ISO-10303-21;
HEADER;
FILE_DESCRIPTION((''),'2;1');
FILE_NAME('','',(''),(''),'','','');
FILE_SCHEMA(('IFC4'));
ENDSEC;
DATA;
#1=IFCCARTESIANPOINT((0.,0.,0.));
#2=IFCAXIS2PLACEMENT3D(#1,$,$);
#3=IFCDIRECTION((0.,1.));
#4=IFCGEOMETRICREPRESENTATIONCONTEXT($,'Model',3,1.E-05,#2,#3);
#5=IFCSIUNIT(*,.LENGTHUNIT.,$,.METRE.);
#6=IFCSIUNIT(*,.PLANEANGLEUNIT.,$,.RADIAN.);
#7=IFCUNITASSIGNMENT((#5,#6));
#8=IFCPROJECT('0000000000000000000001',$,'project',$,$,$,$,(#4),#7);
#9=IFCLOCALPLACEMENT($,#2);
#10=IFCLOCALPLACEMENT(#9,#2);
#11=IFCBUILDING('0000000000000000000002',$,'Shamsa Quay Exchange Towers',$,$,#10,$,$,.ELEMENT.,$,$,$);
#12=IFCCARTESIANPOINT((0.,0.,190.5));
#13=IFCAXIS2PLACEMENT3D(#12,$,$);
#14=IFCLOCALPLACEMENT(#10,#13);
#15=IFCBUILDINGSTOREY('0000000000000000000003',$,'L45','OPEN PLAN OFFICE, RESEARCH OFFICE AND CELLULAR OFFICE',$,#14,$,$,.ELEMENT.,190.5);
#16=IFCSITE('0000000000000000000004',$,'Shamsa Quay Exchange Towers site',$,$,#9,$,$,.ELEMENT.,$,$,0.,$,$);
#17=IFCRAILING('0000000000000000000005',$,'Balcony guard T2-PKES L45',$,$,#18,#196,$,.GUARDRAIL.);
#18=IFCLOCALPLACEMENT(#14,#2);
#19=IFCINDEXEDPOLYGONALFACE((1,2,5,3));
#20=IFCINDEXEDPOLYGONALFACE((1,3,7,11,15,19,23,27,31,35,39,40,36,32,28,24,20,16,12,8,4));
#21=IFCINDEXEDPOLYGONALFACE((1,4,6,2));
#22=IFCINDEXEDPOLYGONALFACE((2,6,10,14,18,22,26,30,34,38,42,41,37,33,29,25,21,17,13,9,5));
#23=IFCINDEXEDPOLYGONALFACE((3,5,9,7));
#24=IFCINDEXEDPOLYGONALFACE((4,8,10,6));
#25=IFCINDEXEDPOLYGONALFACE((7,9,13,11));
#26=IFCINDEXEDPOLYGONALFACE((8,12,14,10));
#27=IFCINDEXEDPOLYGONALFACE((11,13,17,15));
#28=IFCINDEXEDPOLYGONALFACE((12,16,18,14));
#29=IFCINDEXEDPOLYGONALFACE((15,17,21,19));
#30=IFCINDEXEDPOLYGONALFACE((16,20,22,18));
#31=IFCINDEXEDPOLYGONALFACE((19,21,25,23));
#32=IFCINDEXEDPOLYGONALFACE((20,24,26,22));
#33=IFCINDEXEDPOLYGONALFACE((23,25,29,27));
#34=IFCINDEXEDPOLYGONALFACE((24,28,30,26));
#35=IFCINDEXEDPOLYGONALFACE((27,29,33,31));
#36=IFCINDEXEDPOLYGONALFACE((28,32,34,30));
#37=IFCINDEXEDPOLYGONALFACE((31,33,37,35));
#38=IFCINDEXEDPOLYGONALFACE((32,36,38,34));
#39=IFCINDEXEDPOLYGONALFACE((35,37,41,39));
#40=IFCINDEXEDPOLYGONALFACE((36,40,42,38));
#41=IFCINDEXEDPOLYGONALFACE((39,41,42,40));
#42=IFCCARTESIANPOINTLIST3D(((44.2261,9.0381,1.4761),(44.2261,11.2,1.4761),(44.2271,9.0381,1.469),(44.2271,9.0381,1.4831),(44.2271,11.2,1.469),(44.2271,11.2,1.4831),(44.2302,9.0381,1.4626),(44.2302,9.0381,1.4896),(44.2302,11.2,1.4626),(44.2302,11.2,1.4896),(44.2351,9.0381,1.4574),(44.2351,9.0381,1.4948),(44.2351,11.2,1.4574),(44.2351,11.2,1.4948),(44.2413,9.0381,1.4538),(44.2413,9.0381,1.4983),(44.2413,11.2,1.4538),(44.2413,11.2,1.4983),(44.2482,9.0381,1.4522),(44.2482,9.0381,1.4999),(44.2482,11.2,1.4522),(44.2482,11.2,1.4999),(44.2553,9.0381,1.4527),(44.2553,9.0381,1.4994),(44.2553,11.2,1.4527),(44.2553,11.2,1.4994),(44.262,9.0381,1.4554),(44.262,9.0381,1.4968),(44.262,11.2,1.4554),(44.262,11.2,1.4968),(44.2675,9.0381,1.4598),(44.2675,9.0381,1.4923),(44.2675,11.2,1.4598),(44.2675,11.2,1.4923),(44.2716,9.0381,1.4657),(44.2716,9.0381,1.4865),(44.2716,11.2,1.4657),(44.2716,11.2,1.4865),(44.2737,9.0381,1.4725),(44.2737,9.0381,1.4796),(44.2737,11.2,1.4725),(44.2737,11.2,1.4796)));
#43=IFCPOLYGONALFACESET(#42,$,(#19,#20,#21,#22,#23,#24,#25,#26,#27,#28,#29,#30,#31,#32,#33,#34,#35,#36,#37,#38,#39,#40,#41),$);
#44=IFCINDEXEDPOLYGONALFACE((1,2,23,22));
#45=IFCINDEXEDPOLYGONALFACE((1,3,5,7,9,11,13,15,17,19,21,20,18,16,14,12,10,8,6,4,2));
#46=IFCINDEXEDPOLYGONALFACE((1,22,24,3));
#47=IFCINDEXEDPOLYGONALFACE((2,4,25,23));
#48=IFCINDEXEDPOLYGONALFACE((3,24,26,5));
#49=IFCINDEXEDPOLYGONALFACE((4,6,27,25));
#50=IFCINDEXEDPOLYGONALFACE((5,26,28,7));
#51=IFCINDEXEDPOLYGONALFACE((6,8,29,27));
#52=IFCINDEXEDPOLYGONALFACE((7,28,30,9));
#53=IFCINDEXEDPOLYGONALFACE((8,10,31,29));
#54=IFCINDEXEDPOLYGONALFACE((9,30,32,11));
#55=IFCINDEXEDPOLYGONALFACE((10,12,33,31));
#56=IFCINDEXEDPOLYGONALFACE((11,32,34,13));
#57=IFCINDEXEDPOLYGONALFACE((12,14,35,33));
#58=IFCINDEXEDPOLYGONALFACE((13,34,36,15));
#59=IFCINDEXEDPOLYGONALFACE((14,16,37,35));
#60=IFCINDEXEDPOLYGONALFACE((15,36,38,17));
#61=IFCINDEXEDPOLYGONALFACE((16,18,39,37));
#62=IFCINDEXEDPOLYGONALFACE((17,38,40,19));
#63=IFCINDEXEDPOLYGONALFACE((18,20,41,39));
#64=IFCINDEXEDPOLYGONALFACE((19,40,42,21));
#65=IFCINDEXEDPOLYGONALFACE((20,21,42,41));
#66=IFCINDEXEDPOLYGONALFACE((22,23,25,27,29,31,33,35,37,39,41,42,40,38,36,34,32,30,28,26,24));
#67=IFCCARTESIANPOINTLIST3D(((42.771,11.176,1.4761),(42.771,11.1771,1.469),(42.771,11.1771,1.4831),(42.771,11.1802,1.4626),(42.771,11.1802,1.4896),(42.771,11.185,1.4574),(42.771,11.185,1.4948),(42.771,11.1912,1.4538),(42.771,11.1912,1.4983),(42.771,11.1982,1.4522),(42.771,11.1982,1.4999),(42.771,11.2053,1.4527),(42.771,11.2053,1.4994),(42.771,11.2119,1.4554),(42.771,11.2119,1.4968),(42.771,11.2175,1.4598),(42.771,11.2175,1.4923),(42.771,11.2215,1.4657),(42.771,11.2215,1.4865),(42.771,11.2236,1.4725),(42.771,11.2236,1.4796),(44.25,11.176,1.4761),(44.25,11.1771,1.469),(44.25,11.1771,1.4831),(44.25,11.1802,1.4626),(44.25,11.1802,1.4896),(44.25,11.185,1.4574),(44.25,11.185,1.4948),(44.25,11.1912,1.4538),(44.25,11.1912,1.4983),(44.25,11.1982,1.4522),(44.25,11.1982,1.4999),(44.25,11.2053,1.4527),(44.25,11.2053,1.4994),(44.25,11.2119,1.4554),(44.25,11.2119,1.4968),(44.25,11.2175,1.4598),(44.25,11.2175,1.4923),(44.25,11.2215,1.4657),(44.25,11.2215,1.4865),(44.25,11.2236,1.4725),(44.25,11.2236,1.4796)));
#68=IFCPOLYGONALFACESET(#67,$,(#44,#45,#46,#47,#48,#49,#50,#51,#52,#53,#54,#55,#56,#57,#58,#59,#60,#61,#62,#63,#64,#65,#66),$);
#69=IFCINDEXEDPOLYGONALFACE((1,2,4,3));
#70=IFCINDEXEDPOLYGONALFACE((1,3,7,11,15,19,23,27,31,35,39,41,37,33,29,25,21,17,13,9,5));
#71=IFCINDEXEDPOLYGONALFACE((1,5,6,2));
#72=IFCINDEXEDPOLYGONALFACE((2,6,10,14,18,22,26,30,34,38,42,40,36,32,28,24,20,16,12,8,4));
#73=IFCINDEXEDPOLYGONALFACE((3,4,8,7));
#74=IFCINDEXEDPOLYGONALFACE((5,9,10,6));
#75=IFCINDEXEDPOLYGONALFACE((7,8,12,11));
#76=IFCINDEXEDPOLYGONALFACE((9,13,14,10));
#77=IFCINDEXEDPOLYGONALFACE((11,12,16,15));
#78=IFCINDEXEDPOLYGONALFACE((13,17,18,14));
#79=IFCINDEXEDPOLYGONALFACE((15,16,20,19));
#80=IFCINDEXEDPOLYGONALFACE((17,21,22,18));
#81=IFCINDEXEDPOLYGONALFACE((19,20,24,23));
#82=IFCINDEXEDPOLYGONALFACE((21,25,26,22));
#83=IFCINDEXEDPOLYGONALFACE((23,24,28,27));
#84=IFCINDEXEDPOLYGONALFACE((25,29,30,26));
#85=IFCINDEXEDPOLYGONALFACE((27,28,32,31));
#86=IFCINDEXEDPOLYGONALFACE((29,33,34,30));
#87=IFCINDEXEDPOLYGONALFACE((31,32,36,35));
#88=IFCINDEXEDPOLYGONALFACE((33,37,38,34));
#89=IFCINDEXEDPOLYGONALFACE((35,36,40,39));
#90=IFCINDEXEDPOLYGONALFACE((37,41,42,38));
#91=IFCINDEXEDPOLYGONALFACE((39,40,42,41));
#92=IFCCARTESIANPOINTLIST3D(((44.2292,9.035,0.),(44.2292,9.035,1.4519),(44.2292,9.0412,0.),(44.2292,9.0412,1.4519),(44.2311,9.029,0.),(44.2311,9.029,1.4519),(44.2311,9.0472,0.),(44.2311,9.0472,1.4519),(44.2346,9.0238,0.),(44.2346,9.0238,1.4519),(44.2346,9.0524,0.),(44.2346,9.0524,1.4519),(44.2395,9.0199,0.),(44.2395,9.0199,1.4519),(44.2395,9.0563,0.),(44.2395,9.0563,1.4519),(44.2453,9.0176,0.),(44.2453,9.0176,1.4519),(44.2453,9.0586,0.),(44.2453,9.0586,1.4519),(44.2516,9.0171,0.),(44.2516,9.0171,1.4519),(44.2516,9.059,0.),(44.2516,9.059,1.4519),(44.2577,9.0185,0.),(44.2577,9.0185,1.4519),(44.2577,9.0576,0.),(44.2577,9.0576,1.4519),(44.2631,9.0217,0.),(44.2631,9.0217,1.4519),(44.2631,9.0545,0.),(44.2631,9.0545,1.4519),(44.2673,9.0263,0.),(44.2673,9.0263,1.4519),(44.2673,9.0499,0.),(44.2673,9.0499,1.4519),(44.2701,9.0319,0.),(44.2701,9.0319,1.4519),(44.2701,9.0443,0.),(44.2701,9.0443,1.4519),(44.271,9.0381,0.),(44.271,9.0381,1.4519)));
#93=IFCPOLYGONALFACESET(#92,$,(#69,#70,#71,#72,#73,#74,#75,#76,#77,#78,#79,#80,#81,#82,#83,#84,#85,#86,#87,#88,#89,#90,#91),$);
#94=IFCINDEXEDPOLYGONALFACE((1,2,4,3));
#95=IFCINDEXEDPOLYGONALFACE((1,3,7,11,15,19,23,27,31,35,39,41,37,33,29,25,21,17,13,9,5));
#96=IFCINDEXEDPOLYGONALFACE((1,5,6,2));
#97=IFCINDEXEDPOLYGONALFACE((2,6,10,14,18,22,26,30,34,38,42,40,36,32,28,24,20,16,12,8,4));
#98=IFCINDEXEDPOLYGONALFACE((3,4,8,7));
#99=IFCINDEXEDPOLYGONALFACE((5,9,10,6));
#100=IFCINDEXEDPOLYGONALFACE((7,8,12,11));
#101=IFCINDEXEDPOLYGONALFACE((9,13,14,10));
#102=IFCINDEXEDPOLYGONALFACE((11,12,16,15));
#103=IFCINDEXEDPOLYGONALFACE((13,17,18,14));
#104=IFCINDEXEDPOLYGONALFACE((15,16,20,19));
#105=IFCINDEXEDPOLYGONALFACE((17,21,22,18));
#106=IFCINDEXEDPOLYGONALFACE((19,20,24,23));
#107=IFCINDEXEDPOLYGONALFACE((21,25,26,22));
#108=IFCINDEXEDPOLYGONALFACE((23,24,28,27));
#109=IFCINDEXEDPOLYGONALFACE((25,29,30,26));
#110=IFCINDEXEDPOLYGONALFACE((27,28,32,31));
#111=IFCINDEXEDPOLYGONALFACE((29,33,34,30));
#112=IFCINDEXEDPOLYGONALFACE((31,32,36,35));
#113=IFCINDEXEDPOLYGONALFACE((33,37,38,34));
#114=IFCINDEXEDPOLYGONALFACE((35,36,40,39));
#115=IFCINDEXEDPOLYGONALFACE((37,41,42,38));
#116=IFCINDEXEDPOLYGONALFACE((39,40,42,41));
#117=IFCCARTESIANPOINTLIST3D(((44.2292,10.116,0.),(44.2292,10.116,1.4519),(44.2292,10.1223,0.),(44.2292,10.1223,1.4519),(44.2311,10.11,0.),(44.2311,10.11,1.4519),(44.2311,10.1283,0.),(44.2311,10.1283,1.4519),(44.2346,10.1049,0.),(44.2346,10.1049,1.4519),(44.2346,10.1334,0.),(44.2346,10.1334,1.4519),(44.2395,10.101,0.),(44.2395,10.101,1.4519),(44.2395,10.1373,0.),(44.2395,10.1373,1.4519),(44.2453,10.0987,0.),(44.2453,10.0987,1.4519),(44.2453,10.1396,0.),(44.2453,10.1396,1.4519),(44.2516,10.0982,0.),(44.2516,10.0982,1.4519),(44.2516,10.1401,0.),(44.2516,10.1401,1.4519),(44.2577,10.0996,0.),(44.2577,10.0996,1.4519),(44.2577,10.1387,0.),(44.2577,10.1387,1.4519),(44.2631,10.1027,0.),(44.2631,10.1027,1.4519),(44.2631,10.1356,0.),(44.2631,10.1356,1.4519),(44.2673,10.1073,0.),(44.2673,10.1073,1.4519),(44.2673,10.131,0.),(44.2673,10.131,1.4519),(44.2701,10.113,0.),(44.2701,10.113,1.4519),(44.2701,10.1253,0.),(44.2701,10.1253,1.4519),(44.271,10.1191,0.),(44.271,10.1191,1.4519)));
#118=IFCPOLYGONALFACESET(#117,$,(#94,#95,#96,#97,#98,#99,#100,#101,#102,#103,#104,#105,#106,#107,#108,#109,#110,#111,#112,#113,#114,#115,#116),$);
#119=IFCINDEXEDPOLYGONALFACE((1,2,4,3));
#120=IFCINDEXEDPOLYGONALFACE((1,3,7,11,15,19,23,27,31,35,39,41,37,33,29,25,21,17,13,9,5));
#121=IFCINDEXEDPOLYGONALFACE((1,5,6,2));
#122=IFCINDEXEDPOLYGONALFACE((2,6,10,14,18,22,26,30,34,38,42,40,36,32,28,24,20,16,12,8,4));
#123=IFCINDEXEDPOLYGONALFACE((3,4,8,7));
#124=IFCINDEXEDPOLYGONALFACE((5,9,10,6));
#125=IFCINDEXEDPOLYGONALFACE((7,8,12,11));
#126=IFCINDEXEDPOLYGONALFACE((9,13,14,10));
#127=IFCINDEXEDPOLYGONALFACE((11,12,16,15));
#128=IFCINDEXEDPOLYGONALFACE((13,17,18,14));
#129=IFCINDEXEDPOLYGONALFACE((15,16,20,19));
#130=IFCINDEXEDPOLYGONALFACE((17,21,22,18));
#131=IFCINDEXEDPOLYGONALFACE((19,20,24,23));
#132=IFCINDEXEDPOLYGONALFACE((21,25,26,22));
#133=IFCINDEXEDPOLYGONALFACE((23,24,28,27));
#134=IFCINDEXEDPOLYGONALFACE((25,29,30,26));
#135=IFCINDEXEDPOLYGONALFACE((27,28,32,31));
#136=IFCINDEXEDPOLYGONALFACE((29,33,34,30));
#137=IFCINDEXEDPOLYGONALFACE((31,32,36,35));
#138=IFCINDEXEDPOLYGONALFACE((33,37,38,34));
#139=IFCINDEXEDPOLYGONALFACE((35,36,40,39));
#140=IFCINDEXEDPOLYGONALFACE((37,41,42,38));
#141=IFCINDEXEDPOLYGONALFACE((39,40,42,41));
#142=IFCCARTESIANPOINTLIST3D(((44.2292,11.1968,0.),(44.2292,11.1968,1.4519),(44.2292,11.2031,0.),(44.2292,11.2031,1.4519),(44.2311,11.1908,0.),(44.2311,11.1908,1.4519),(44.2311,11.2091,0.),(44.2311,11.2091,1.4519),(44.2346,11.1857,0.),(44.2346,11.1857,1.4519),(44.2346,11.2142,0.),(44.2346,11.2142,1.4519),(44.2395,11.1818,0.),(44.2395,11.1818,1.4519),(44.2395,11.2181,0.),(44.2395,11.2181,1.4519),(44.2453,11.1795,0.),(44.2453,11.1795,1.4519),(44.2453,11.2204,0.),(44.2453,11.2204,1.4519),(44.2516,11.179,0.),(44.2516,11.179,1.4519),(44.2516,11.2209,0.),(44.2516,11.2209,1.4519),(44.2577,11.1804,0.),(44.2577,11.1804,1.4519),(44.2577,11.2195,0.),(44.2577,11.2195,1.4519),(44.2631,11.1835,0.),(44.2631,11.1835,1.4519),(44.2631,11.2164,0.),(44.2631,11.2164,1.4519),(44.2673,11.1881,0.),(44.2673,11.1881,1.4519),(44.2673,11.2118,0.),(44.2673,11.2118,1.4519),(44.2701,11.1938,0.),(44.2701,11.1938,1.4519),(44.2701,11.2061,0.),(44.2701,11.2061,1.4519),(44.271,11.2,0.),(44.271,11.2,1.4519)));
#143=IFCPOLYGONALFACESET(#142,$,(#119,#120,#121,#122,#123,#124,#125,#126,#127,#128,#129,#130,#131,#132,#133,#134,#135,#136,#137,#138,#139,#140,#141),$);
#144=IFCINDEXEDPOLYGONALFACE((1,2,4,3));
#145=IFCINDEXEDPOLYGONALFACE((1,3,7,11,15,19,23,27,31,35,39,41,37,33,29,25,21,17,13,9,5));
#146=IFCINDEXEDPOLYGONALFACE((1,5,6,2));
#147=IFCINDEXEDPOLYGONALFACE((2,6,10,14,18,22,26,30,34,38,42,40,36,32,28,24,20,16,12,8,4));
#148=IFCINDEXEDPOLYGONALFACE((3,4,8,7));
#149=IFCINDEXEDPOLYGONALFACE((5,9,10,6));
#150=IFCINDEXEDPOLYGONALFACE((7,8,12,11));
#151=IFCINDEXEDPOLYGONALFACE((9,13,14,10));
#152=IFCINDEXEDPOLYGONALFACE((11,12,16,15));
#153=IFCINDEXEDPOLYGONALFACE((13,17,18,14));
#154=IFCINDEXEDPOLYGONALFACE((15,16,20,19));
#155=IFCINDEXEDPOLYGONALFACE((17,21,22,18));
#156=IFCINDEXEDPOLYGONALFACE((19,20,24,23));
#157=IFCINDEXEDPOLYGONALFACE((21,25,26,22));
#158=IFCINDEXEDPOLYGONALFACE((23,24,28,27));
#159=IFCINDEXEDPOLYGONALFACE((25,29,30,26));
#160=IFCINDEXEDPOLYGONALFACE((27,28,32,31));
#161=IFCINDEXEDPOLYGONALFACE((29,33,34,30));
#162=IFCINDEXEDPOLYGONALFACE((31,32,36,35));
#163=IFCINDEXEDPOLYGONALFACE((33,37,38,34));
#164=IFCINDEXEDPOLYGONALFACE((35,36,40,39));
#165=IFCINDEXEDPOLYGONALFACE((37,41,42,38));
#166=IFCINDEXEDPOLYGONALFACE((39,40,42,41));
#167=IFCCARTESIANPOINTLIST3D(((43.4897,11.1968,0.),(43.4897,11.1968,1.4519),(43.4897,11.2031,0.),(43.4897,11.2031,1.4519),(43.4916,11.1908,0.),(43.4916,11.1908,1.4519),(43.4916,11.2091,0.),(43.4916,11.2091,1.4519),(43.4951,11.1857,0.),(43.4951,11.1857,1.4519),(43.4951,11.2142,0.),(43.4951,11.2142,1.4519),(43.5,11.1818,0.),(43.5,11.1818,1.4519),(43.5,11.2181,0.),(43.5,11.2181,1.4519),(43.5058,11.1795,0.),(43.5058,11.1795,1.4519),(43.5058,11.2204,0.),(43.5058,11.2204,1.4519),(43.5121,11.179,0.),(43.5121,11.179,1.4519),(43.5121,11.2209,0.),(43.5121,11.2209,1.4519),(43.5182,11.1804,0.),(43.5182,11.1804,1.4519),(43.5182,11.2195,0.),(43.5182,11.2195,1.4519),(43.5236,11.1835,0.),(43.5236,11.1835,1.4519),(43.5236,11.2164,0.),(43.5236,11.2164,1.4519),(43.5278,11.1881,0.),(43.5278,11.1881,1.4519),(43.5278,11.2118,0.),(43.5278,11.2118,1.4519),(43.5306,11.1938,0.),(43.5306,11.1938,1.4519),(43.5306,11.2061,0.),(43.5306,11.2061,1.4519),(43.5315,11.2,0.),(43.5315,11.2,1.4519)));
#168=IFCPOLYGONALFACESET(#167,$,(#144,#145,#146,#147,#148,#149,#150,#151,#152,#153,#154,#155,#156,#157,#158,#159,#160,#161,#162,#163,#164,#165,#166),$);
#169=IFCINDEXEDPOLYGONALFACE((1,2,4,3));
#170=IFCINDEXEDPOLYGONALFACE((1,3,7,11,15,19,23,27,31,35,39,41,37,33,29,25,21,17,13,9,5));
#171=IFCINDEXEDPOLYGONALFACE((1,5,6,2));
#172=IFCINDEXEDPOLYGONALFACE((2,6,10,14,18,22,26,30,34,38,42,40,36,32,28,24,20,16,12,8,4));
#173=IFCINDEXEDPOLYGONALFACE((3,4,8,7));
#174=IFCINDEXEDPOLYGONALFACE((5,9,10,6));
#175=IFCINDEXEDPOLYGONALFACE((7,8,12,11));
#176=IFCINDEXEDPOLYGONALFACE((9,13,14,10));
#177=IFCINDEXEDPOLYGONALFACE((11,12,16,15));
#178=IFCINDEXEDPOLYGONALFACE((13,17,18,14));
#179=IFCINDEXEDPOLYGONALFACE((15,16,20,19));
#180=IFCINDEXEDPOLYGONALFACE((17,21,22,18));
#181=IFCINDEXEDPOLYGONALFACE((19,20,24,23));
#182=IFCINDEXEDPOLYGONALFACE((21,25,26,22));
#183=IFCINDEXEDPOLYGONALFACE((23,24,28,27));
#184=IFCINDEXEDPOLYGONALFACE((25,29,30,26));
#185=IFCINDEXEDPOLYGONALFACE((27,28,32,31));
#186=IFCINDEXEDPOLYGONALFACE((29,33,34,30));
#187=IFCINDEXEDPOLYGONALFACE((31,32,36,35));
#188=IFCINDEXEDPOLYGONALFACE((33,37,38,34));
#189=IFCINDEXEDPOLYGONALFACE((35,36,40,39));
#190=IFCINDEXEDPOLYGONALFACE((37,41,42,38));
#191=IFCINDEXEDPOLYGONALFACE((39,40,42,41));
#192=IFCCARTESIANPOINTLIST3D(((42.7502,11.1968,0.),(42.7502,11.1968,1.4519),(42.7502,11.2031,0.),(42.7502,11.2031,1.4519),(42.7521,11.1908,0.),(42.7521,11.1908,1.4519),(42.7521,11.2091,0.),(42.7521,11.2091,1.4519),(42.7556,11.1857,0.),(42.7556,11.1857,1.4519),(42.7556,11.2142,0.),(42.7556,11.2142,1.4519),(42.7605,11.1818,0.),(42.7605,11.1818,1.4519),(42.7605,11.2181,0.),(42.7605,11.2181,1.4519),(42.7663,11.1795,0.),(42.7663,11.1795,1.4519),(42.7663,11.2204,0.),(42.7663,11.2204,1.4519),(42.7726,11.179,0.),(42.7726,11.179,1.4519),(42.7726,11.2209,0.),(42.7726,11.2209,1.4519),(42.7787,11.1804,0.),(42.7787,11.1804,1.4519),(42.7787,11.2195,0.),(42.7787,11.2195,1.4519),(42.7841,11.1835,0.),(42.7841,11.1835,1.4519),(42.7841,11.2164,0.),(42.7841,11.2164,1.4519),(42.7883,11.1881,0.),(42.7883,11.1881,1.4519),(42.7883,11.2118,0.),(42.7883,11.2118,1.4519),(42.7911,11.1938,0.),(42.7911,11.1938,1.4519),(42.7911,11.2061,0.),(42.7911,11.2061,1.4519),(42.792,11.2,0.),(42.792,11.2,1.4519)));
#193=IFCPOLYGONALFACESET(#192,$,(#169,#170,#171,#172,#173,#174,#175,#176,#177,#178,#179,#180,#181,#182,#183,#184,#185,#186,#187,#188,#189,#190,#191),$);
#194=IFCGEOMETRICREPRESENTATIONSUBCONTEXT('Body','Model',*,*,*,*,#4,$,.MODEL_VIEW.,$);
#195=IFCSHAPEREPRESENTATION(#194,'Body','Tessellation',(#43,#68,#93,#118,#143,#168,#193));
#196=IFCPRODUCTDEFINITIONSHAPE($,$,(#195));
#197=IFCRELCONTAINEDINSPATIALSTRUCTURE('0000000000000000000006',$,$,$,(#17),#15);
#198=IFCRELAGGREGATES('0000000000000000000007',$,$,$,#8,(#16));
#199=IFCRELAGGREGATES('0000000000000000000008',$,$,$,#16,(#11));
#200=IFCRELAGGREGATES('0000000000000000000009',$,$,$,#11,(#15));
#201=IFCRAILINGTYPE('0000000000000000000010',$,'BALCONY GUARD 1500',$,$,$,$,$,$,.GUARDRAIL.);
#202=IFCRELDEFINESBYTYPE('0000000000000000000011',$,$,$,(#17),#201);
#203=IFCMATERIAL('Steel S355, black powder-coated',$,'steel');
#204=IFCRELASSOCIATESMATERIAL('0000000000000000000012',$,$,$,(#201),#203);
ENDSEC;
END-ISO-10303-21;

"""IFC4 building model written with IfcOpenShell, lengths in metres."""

from ifc_helpers import new_model, si_unit, direction, frame, origin, origin_2d, place, context, subcontext, project, spatial, circle, extrude, material, type_object, element, save


model = new_model("IFC4")

# Units and contexts
model_context = context("Model", 3, precision=1e-05, world=origin(), true_north=direction((0.0, 1.0)))
body_context = subcontext(model_context, "Body", "Model", "MODEL_VIEW")
ifc_project = project(units=[si_unit("LENGTHUNIT", "METRE"), si_unit("PLANEANGLEUNIT", "RADIAN")], contexts=[model_context])

# Site, building, storey
site_placement = place(None, origin())
site = spatial("IfcSite", under=ifc_project, at=site_placement, Name="Shamsa Quay Exchange Towers site", CompositionType="ELEMENT", RefElevation=0.0)
building_placement = place(site_placement, origin())
building = spatial("IfcBuilding", under=site, at=building_placement, Name="Shamsa Quay Exchange Towers", CompositionType="ELEMENT")
storey_placement = place(building_placement, frame((0.0, 0.0, 190.5)))
storey = spatial("IfcBuildingStorey", under=building, at=storey_placement, Name="L45", Description="OPEN PLAN OFFICE, RESEARCH OFFICE AND CELLULAR OFFICE", CompositionType="ELEMENT", Elevation=190.5)

# Railing
ifc_material_1 = material(Name="Steel S355, black powder-coated", Category="steel")
railing_type_1 = type_object("IfcRailingType", Name="BALCONY GUARD 1500", PredefinedType="GUARDRAIL", material=ifc_material_1)
for number, where, name in (
    (1, (44.25, 9.0381, 0.0), "Balcony guard T2-PKES L45"),
):
    element("IfcRailing", number, at=place(storey_placement, frame(where)), inside=storey, type_object=railing_type_1, Name=name, PredefinedType="GUARDRAIL", context=body_context, shape_type="SweptSolid", body=[
        extrude(circle(Radius=0.0239, at=origin_2d()), frame((0.0, 0.0, 1.4761), z_axis=(0.0, 1.0, 0.0), x_axis=(-1.0, 0.0, 0.0)), (0.0, 0.0, 1.0), 2.1619),
        extrude(circle(Radius=0.0239, at=origin_2d()), frame((0.0, 2.1619, 1.4761), z_axis=(-1.0, 0.0, 0.0), x_axis=(0.0, -1.0, 0.0)), (0.0, 0.0, 1.0), 1.479),
        extrude(circle(Radius=0.021, at=origin_2d()), origin(), (0.0, 0.0, 1.0), 1.4519),
        extrude(circle(Radius=0.021, at=origin_2d()), frame((0.0, 1.0811, 0.0)), (0.0, 0.0, 1.0), 1.4519),
        extrude(circle(Radius=0.021, at=origin_2d()), frame((0.0, 2.1619, 0.0)), (0.0, 0.0, 1.0), 1.4519),
        extrude(circle(Radius=0.021, at=origin_2d()), frame((-0.7395, 2.1619, 0.0)), (0.0, 0.0, 1.0), 1.4519),
        extrude(circle(Radius=0.021, at=origin_2d()), frame((-1.479, 2.1619, 0.0)), (0.0, 0.0, 1.0), 1.4519),
    ])

save(model, "model.ifc")
